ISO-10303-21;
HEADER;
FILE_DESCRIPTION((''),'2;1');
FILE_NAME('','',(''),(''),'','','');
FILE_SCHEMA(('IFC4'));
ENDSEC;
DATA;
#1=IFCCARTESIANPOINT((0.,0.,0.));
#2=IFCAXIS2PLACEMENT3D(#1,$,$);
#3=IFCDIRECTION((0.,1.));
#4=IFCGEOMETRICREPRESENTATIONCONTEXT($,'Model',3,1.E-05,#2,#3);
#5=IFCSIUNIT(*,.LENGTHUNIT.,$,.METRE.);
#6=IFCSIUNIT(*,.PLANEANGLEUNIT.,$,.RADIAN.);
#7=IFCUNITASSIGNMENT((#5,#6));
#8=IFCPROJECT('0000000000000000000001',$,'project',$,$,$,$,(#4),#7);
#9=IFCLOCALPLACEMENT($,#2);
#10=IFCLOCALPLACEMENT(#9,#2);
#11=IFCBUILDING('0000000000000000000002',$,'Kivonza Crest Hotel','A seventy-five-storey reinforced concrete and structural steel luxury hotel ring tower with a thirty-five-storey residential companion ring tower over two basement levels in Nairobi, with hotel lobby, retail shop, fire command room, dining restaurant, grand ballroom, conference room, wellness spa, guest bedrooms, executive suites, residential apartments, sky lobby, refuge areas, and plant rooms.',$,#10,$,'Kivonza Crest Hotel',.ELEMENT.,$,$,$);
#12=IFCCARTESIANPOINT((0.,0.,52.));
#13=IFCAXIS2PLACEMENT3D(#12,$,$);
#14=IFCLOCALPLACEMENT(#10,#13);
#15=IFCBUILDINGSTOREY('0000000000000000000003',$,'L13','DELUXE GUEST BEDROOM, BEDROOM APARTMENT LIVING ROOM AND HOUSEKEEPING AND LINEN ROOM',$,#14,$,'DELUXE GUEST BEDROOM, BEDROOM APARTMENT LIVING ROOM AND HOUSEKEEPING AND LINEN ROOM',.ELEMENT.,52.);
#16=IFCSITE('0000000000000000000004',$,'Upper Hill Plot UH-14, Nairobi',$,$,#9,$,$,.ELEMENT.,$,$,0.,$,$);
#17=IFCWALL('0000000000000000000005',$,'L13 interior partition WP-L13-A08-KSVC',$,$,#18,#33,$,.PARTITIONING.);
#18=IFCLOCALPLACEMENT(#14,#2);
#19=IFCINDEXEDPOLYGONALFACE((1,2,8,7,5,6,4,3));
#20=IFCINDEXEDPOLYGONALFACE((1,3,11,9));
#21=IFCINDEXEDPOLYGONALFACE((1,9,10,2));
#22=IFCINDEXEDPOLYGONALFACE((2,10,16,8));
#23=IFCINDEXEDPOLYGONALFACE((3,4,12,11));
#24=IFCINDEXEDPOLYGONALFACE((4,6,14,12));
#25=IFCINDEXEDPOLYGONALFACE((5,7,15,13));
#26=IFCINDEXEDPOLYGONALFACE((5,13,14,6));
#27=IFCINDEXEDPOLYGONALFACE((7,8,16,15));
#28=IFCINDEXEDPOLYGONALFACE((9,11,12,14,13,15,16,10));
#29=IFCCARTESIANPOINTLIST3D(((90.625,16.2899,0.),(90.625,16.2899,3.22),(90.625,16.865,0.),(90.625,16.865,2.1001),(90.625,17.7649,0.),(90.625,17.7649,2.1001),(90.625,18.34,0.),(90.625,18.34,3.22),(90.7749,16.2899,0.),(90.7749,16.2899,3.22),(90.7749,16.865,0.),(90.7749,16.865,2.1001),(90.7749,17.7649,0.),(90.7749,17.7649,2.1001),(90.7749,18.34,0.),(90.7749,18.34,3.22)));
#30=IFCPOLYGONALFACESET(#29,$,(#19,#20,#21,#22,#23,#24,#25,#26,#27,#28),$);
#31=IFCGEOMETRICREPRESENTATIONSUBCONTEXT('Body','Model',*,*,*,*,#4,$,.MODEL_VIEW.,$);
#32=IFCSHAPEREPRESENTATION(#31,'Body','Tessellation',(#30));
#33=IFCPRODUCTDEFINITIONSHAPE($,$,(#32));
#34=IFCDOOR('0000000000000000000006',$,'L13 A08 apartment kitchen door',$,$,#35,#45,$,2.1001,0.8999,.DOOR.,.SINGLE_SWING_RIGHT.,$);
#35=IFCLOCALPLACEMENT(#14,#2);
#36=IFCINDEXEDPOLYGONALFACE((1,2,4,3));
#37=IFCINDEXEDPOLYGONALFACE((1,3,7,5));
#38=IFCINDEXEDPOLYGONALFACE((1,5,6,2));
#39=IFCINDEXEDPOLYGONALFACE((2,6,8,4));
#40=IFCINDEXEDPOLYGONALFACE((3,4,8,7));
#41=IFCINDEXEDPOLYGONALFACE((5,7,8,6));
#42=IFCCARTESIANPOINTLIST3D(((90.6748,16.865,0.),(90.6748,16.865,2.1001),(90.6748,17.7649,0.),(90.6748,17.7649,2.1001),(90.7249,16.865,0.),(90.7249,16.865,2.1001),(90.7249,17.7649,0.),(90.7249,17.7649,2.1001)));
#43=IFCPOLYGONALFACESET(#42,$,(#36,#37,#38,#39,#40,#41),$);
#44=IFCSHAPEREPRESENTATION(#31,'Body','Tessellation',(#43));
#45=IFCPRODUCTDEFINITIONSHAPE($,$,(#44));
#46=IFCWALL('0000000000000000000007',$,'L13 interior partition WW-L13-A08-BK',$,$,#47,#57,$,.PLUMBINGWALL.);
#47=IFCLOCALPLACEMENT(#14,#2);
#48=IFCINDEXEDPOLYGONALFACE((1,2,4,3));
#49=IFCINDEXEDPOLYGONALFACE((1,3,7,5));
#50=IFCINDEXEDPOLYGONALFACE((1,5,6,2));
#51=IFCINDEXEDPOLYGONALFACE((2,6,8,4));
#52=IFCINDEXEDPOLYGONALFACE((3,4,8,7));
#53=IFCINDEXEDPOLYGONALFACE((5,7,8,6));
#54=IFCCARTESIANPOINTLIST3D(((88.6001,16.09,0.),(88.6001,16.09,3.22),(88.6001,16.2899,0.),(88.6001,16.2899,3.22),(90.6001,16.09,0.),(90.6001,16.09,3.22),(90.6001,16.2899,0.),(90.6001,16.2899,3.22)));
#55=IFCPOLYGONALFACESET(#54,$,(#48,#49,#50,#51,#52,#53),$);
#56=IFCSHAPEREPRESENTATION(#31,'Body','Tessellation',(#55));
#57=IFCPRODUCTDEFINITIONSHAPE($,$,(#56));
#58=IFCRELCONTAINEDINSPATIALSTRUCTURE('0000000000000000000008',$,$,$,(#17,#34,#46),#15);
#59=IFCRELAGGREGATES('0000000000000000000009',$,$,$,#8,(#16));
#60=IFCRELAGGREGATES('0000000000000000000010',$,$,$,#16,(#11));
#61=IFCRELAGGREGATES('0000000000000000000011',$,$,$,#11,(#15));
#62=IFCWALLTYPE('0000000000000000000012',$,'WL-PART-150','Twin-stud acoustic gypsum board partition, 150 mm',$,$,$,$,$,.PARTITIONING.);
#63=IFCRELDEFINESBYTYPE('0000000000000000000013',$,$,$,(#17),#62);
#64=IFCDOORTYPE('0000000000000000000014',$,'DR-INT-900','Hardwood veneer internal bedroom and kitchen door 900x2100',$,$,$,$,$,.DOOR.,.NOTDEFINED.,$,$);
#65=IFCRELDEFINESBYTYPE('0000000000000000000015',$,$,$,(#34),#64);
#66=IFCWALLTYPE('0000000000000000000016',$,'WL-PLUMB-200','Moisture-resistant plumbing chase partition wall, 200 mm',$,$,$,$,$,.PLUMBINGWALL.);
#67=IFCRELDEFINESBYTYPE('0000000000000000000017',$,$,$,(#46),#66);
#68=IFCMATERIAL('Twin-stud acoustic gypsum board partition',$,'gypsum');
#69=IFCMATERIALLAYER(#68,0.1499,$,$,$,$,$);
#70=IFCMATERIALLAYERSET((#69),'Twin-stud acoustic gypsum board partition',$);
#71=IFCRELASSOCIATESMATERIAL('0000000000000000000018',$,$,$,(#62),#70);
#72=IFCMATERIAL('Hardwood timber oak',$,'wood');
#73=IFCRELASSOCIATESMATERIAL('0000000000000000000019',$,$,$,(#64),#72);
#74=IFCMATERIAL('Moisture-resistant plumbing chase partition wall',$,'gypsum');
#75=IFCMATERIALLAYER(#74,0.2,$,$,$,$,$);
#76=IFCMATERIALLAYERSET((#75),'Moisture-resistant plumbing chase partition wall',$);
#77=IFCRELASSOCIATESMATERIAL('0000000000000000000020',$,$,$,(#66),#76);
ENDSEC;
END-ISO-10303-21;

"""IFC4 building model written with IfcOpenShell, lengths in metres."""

from ifc_helpers import new_model, si_unit, direction, frame, frame_2d, origin, place, context, subcontext, project, spatial, rectangle, extrude, material, layer, layer_set, type_object, element, fill, save


model = new_model("IFC4")

# Units and contexts
model_context = context("Model", 3, precision=1e-05, world=origin(), true_north=direction((0.0, 1.0)))
body_context = subcontext(model_context, "Body", "Model", "MODEL_VIEW")
ifc_project = project(units=[si_unit("LENGTHUNIT", "METRE"), si_unit("PLANEANGLEUNIT", "RADIAN")], contexts=[model_context])

# Site, building, storey
site_placement = place(None, origin())
site = spatial("IfcSite", under=ifc_project, at=site_placement, Name="Upper Hill Plot UH-14, Nairobi", CompositionType="ELEMENT", RefElevation=0.0)
building_placement = place(site_placement, origin())
building = spatial("IfcBuilding", under=site, at=building_placement, Name="Kivonza Crest Hotel", Description="A seventy-five-storey reinforced concrete and structural steel luxury hotel ring tower with a thirty-five-storey residential companion ring tower over two basement levels in Nairobi, with hotel lobby, retail shop, fire command room, dining restaurant, grand ballroom, conference room, wellness spa, guest bedrooms, executive suites, residential apartments, sky lobby, refuge areas, and plant rooms.", LongName="Kivonza Crest Hotel", CompositionType="ELEMENT")
storey_placement = place(building_placement, frame((0.0, 0.0, 52.0)))
storey = spatial("IfcBuildingStorey", under=building, at=storey_placement, Name="L13", Description="DELUXE GUEST BEDROOM, BEDROOM APARTMENT LIVING ROOM AND HOUSEKEEPING AND LINEN ROOM", LongName="DELUXE GUEST BEDROOM, BEDROOM APARTMENT LIVING ROOM AND HOUSEKEEPING AND LINEN ROOM", CompositionType="ELEMENT", Elevation=52.0)

# Shared definitions
ifc_material_1 = material(Name="Hardwood timber oak", Category="wood")

# Shared definitions
ifc_material_2 = material(Name="Twin-stud acoustic gypsum board partition", Category="gypsum")
ifc_layer_1 = layer(ifc_material_2, 0.1499)
ifc_layer_set_1 = layer_set([ifc_layer_1], Name="Twin-stud acoustic gypsum board partition")
wall_type_1 = type_object("IfcWallType", Name="WL-PART-150", Description="Twin-stud acoustic gypsum board partition, 150 mm", PredefinedType="PARTITIONING", material=ifc_layer_set_1)
door_type_1 = type_object("IfcDoorType", Name="DR-INT-900", Description="Hardwood veneer internal bedroom and kitchen door 900x2100", OperationType="NOTDEFINED", PredefinedType="DOOR", material=ifc_material_1)

# Wall, opening, door
wall_1_placement = place(storey_placement, frame((90.7, 16.29, 0.0), z_axis=(0.0, 0.0, 1.0), x_axis=(0.0, 1.0, 0.0)))
wall_1 = element("IfcWall", 1, at=wall_1_placement, inside=storey, type_object=wall_type_1, Name="L13 interior partition WP-L13-A08-KSVC", PredefinedType="PARTITIONING", context=body_context, shape_type="SweptSolid", body=[
    extrude(rectangle(XDim=2.05, YDim=0.1499, at=frame_2d((1.0249, 0.0))), origin(), (0.0, 0.0, 1.0), 3.22),
])
opening_1_placement = place(wall_1_placement, frame((0.575, 0.0, 0.0)))
opening_1 = element("IfcOpeningElement", 2, at=opening_1_placement, cuts=wall_1, PredefinedType="OPENING", context=body_context, shape_type="SweptSolid", body=[
    extrude(rectangle(XDim=0.8999, YDim=2.1001, at=frame_2d((0.45, 1.05))), frame((0.0, 0.085, 0.0), z_axis=(0.0, -1.0, 0.0), x_axis=(1.0, 0.0, 0.0)), (0.0, 0.0, 1.0), 0.1699),
])
door_1_placement = place(opening_1_placement, frame((0.8999, 0.0, 0.0), z_axis=(0.0, 0.0, 1.0), x_axis=(-1.0, 0.0, 0.0)))
door_1 = element("IfcDoor", 3, at=door_1_placement, inside=storey, type_object=door_type_1, Name="L13 A08 apartment kitchen door", OperationType="SINGLE_SWING_RIGHT", OverallHeight=2.1001, OverallWidth=0.8999, PredefinedType="DOOR", context=body_context, shape_type="SweptSolid", body=[
    extrude(rectangle(XDim=0.8999, YDim=2.1001, at=frame_2d((0.45, 1.05))), frame((0.0, 0.0249, 0.0), z_axis=(0.0, -1.0, 0.0), x_axis=(1.0, 0.0, 0.0)), (0.0, 0.0, 1.0), 0.05),
])
fill(opening_1, door_1)

# Wall
ifc_material_3 = material(Name="Moisture-resistant plumbing chase partition wall", Category="gypsum")
ifc_layer_2 = layer(ifc_material_3, 0.2)
ifc_layer_set_2 = layer_set([ifc_layer_2], Name="Moisture-resistant plumbing chase partition wall")
wall_type_2 = type_object("IfcWallType", Name="WL-PLUMB-200", Description="Moisture-resistant plumbing chase partition wall, 200 mm", PredefinedType="PLUMBINGWALL", material=ifc_layer_set_2)
wall_2_placement = place(storey_placement, frame((88.6001, 16.1899, 0.0), z_axis=(0.0, 0.0, 1.0), x_axis=(1.0, 0.0, 0.0)))
element("IfcWall", 4, at=wall_2_placement, inside=storey, type_object=wall_type_2, Name="L13 interior partition WW-L13-A08-BK", PredefinedType="PLUMBINGWALL", context=body_context, shape_type="SweptSolid", body=[
    extrude(rectangle(XDim=2.0, YDim=0.2, at=frame_2d((1.0, 0.0))), origin(), (0.0, 0.0, 1.0), 3.22),
])

save(model, "model.ifc")
